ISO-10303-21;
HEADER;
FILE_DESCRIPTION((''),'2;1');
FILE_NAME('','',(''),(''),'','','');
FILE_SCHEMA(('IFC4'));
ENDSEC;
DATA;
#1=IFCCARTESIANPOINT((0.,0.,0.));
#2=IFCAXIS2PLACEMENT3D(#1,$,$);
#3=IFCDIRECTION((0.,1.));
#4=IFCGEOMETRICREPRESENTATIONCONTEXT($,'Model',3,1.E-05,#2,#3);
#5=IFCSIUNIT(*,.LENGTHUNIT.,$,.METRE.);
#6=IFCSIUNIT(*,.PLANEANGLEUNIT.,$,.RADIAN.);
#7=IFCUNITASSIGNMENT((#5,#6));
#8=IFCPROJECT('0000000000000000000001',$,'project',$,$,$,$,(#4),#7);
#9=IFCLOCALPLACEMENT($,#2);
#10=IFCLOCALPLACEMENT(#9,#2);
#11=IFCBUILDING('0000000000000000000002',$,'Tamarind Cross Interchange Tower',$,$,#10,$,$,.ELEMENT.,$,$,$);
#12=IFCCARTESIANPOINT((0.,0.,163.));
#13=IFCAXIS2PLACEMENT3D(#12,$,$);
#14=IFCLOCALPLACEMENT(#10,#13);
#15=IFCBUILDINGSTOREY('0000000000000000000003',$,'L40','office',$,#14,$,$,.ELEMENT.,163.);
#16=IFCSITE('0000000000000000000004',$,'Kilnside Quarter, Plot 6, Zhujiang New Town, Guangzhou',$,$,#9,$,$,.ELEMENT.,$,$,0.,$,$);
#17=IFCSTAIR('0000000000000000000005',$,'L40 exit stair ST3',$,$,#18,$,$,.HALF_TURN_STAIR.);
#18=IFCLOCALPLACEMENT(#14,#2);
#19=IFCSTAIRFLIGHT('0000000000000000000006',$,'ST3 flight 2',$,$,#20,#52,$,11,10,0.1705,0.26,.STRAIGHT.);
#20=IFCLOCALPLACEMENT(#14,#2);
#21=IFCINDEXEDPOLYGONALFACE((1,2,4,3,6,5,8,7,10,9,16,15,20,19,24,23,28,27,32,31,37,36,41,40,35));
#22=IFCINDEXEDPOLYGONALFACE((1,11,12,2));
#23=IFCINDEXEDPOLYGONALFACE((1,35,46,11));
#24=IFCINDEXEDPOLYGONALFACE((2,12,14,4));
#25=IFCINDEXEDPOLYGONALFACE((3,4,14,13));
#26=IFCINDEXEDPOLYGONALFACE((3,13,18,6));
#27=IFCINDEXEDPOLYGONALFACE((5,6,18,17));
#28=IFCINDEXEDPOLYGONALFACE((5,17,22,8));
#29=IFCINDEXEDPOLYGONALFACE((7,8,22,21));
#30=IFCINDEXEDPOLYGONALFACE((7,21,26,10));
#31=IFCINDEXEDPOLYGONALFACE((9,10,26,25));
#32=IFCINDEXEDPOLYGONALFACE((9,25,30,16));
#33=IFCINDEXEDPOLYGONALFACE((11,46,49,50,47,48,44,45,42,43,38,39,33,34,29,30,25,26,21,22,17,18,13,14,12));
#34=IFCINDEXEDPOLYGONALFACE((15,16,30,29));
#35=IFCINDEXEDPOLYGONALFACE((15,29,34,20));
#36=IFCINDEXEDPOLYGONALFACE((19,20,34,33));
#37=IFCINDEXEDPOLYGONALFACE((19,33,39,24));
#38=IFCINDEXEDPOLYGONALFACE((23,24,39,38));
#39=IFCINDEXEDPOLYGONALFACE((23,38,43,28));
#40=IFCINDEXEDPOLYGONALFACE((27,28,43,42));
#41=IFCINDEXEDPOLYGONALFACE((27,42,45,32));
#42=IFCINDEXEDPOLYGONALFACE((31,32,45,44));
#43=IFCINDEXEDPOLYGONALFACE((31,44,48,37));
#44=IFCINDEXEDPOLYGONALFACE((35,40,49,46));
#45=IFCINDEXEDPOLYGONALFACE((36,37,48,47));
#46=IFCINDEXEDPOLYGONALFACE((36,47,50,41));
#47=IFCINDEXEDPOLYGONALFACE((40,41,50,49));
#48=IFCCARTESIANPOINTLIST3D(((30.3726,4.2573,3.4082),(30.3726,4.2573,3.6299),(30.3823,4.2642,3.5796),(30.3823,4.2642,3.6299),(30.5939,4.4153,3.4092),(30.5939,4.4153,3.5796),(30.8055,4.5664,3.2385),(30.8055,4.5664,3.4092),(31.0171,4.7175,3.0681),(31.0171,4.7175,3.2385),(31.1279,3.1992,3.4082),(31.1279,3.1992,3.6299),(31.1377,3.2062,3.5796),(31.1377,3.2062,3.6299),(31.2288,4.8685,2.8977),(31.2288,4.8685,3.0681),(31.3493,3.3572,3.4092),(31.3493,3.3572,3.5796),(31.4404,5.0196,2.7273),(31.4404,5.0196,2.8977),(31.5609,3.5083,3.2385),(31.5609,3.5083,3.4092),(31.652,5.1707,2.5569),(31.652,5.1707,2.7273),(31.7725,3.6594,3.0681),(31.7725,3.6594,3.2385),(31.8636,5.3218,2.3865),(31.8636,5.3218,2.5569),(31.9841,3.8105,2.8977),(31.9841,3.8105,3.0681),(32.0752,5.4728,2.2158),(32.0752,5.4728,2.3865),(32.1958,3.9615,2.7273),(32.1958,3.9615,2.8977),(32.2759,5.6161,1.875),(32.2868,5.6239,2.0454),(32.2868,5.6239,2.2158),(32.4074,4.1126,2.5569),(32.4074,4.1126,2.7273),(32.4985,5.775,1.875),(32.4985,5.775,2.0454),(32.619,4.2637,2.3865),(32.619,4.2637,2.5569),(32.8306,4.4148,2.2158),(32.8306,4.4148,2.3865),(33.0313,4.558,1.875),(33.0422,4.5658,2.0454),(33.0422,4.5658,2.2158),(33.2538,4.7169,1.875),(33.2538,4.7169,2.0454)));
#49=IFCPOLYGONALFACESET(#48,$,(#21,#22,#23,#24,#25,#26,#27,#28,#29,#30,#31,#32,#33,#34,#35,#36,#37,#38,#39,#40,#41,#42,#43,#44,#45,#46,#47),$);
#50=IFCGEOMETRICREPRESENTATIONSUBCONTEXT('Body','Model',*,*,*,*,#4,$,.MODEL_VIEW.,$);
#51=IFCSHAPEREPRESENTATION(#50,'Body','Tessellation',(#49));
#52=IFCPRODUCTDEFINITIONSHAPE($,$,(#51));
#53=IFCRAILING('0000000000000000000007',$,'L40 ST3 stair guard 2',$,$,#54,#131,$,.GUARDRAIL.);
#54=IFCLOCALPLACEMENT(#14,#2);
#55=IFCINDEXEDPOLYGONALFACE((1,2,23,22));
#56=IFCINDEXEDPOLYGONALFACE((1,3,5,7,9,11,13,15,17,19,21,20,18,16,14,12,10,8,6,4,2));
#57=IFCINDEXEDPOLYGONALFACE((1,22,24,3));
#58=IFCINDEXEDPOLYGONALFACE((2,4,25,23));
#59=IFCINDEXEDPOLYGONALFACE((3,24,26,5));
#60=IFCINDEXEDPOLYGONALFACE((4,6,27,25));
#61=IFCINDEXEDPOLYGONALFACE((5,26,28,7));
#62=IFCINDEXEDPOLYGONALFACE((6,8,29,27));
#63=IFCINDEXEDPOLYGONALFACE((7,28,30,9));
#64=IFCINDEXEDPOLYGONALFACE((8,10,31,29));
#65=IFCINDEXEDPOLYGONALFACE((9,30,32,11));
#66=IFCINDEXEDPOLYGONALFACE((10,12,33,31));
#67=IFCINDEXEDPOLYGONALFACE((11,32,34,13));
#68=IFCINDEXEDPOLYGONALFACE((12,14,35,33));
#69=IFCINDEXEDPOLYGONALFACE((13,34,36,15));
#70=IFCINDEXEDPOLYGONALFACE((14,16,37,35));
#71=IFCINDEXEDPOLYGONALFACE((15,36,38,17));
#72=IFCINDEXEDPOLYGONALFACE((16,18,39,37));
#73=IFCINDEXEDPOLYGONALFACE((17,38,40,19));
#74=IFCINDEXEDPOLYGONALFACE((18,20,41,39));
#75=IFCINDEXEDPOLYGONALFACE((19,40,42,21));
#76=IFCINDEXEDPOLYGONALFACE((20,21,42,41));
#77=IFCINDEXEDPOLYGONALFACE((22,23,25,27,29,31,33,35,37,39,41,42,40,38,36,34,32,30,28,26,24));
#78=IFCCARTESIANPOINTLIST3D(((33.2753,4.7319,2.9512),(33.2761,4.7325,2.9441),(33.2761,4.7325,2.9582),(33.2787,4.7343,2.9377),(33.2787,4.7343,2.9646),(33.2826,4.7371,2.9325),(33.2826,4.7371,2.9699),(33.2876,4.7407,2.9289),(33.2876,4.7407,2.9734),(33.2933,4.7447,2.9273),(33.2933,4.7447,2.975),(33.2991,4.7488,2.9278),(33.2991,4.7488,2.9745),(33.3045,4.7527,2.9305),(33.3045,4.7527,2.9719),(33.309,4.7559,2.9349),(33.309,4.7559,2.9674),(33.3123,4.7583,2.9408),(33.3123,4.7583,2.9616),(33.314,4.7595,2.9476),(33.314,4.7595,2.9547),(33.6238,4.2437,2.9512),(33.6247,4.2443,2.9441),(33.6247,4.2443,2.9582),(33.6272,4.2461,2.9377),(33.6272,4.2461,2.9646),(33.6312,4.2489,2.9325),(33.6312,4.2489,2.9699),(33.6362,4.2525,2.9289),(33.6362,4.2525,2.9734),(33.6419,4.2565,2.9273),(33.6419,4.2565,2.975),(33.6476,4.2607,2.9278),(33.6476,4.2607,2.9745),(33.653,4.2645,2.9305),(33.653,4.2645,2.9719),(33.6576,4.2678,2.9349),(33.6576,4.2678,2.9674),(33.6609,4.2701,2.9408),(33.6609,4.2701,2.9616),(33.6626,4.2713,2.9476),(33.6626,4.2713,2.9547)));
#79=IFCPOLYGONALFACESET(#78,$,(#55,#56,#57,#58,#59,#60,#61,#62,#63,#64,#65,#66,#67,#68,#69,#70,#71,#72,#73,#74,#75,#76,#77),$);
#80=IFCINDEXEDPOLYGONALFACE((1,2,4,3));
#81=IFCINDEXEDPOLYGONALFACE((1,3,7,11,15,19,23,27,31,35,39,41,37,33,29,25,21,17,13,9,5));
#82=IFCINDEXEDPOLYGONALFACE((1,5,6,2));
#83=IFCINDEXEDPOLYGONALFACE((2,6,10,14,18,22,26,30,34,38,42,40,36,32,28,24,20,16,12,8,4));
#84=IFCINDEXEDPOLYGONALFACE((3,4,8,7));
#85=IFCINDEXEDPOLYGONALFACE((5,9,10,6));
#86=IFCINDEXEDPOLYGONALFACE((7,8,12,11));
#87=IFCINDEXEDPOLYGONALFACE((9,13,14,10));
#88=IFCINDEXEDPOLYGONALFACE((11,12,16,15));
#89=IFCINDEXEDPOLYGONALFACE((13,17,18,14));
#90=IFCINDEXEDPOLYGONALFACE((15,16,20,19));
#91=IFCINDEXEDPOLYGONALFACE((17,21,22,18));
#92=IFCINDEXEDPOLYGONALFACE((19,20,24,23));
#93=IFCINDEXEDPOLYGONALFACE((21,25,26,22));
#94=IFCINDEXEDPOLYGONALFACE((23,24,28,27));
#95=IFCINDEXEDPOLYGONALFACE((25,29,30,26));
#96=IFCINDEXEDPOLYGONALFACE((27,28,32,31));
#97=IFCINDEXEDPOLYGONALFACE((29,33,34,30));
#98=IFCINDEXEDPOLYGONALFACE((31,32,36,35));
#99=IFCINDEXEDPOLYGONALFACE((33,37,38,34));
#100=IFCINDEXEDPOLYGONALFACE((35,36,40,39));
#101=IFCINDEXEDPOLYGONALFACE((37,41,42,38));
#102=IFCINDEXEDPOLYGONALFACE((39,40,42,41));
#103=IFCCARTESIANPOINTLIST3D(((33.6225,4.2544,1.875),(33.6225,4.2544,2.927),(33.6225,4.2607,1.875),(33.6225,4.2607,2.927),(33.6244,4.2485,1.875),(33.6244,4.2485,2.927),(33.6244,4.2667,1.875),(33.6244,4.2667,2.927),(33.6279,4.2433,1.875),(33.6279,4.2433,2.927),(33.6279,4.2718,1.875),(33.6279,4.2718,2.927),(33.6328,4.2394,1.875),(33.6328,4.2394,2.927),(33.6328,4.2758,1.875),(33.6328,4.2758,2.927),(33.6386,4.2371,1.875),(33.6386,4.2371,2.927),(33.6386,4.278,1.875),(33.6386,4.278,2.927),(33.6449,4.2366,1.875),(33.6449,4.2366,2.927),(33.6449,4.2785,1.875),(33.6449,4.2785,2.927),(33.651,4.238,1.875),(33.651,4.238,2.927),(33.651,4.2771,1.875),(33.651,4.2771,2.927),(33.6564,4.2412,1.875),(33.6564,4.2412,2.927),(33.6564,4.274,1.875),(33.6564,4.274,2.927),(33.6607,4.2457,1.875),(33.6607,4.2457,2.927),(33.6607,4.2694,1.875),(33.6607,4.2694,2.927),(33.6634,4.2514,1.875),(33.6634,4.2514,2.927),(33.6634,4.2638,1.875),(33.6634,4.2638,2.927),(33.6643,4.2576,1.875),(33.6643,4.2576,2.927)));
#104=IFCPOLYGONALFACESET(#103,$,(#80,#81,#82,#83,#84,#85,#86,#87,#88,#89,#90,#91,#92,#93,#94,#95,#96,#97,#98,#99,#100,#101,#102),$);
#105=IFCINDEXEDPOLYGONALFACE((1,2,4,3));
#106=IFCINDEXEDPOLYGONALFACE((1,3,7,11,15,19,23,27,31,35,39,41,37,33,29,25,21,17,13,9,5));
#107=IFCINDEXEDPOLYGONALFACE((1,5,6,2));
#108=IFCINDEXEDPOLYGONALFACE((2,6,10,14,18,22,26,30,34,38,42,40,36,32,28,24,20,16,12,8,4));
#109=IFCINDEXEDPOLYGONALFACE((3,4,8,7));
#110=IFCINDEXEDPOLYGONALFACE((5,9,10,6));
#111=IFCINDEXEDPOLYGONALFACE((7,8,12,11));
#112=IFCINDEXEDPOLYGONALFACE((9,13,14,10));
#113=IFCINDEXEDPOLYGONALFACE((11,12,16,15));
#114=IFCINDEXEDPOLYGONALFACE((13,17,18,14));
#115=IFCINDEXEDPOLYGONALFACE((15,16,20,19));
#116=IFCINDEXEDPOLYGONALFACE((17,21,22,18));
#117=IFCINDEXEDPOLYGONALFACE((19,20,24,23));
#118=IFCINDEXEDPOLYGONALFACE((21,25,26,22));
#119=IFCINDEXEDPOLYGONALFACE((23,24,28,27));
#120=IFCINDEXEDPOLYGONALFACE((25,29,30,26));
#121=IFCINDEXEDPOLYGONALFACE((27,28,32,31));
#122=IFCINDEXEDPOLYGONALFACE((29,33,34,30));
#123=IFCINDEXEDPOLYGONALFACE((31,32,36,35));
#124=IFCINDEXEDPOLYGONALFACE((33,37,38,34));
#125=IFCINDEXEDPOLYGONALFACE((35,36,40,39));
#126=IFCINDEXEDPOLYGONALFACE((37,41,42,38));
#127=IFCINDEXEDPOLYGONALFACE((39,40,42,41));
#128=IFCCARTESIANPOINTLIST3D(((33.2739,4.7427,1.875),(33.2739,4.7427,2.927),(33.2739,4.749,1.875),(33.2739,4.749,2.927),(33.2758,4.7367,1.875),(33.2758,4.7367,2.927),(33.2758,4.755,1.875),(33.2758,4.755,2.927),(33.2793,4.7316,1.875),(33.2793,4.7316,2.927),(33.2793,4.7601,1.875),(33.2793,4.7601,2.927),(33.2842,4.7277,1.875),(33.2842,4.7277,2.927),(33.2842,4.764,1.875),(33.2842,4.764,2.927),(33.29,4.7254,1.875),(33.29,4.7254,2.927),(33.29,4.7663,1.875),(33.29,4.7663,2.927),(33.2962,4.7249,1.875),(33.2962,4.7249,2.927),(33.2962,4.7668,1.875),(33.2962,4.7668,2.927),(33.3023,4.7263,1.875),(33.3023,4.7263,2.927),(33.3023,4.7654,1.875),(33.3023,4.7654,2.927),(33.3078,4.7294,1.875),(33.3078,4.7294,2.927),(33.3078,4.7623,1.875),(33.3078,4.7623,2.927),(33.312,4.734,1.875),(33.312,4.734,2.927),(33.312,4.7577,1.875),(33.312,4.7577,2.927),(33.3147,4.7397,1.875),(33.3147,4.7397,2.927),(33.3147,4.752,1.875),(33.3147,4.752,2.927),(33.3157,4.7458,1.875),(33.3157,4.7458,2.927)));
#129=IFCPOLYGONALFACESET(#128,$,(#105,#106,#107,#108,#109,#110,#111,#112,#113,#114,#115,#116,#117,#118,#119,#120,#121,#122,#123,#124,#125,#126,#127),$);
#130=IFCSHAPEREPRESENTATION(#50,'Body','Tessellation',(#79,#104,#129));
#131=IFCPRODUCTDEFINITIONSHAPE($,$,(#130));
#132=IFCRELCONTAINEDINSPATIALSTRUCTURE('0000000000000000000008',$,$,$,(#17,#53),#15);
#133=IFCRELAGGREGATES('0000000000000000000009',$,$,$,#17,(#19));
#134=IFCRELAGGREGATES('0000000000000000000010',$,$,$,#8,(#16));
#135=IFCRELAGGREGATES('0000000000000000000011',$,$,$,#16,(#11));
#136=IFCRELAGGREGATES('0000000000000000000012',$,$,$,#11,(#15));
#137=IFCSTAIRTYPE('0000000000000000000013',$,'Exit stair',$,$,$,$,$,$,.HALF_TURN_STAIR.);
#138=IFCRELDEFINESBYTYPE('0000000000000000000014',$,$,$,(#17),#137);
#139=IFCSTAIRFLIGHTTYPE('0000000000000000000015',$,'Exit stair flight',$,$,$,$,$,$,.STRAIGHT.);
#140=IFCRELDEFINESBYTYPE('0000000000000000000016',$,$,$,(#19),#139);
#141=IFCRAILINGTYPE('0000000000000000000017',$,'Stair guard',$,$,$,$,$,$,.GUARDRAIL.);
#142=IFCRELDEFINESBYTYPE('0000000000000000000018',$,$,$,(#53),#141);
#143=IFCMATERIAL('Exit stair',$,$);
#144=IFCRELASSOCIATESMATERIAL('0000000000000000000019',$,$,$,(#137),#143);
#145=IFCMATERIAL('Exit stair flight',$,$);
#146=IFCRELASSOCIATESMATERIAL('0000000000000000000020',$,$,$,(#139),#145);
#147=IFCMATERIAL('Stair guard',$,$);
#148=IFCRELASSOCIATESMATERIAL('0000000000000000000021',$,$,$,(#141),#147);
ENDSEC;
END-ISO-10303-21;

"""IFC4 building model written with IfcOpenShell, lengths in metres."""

from ifc_helpers import new_model, si_unit, direction, frame, origin, origin_2d, place, context, subcontext, project, spatial, polyline, circle, outline, extrude, material, type_object, element, aggregate, save


model = new_model("IFC4")

# Units and contexts
model_context = context("Model", 3, precision=1e-05, world=origin(), true_north=direction((0.0, 1.0)))
body_context = subcontext(model_context, "Body", "Model", "MODEL_VIEW")
ifc_project = project(units=[si_unit("LENGTHUNIT", "METRE"), si_unit("PLANEANGLEUNIT", "RADIAN")], contexts=[model_context])

# Site, building, storey
site_placement = place(None, origin())
site = spatial("IfcSite", under=ifc_project, at=site_placement, Name="Kilnside Quarter, Plot 6, Zhujiang New Town, Guangzhou", CompositionType="ELEMENT", RefElevation=0.0)
building_placement = place(site_placement, origin())
building = spatial("IfcBuilding", under=site, at=building_placement, Name="Tamarind Cross Interchange Tower", CompositionType="ELEMENT")
storey_placement = place(building_placement, frame((0.0, 0.0, 163.0)))
storey = spatial("IfcBuildingStorey", under=building, at=storey_placement, Name="L40", Description="office", CompositionType="ELEMENT", Elevation=163.0)

# Stair, stair flight
ifc_material_1 = material(Name="Exit stair")
stair_type = type_object("IfcStairType", Name="Exit stair", PredefinedType="HALF_TURN_STAIR", material=ifc_material_1)
stair_placement = place(storey_placement, origin())
stair = element("IfcStair", 1, at=stair_placement, inside=storey, type_object=stair_type, Name="L40 exit stair ST3", PredefinedType="HALF_TURN_STAIR")
ifc_material_2 = material(Name="Exit stair flight")
stair_flight_type = type_object("IfcStairFlightType", Name="Exit stair flight", PredefinedType="STRAIGHT", material=ifc_material_2)
stair_flight_placement = place(storey_placement, frame((32.8762, 5.2458, 1.875), z_axis=(0.0, 0.0, 1.0), x_axis=(-0.81388, -0.581033, 0.0)))
stair_flight = element("IfcStairFlight", 2, at=stair_flight_placement, type_object=stair_flight_type, Name="ST3 flight 2", NumberOfRisers=11, NumberOfTreads=10, PredefinedType="STRAIGHT", RiserHeight=0.1705, TreadLength=0.26, context=body_context, shape_type="SweptSolid", body=[
    extrude(outline(polyline([(0.0, 0.0), (0.0, 0.1704), (0.26, 0.1704), (0.26, 0.3408), (0.52, 0.3408), (0.52, 0.5115), (0.78, 0.5115), (0.78, 0.6819), (1.04, 0.6819), (1.04, 0.8523), (1.3, 0.8523), (1.3, 1.0227), (1.5601, 1.0227), (1.5601, 1.1931), (1.8201, 1.1931), (1.8201, 1.3635), (2.0801, 1.3635), (2.0801, 1.5342), (2.3401, 1.5342), (2.3401, 1.7046), (2.6001, 1.7046), (2.6001, 1.7549), (2.6121, 1.7549), (2.6121, 1.5332), (0.2734, 0.0), (0.0, 0.0)])), frame((0.0, 0.6499, 0.0), z_axis=(0.0, -1.0, 0.0), x_axis=(1.0, 0.0, 0.0)), (0.0, 0.0, 1.0), 1.3),
])
aggregate(stair, [stair_flight])

# Railing
ifc_material_3 = material(Name="Stair guard")
railing_type_1 = type_object("IfcRailingType", Name="Stair guard", PredefinedType="GUARDRAIL", material=ifc_material_3)
railing_1_placement = place(storey_placement, frame((33.6433, 4.2576, 1.875)))
element("IfcRailing", 3, at=railing_1_placement, inside=storey, type_object=railing_type_1, Name="L40 ST3 stair guard 2", PredefinedType="GUARDRAIL", context=body_context, shape_type="SweptSolid", body=[
    extrude(circle(Radius=0.0239, at=origin_2d()), frame((0.0, 0.0, 1.0762), z_axis=(-0.581084, 0.813843, 0.0), x_axis=(-0.813843, -0.581084, 0.0)), (0.0, 0.0, 1.0), 0.5999),
    extrude(circle(Radius=0.021, at=origin_2d()), origin(), (0.0, 0.0, 1.0), 1.052),
    extrude(circle(Radius=0.021, at=origin_2d()), frame((-0.3486, 0.4883, 0.0)), (0.0, 0.0, 1.0), 1.052),
])

save(model, "model.ifc")
